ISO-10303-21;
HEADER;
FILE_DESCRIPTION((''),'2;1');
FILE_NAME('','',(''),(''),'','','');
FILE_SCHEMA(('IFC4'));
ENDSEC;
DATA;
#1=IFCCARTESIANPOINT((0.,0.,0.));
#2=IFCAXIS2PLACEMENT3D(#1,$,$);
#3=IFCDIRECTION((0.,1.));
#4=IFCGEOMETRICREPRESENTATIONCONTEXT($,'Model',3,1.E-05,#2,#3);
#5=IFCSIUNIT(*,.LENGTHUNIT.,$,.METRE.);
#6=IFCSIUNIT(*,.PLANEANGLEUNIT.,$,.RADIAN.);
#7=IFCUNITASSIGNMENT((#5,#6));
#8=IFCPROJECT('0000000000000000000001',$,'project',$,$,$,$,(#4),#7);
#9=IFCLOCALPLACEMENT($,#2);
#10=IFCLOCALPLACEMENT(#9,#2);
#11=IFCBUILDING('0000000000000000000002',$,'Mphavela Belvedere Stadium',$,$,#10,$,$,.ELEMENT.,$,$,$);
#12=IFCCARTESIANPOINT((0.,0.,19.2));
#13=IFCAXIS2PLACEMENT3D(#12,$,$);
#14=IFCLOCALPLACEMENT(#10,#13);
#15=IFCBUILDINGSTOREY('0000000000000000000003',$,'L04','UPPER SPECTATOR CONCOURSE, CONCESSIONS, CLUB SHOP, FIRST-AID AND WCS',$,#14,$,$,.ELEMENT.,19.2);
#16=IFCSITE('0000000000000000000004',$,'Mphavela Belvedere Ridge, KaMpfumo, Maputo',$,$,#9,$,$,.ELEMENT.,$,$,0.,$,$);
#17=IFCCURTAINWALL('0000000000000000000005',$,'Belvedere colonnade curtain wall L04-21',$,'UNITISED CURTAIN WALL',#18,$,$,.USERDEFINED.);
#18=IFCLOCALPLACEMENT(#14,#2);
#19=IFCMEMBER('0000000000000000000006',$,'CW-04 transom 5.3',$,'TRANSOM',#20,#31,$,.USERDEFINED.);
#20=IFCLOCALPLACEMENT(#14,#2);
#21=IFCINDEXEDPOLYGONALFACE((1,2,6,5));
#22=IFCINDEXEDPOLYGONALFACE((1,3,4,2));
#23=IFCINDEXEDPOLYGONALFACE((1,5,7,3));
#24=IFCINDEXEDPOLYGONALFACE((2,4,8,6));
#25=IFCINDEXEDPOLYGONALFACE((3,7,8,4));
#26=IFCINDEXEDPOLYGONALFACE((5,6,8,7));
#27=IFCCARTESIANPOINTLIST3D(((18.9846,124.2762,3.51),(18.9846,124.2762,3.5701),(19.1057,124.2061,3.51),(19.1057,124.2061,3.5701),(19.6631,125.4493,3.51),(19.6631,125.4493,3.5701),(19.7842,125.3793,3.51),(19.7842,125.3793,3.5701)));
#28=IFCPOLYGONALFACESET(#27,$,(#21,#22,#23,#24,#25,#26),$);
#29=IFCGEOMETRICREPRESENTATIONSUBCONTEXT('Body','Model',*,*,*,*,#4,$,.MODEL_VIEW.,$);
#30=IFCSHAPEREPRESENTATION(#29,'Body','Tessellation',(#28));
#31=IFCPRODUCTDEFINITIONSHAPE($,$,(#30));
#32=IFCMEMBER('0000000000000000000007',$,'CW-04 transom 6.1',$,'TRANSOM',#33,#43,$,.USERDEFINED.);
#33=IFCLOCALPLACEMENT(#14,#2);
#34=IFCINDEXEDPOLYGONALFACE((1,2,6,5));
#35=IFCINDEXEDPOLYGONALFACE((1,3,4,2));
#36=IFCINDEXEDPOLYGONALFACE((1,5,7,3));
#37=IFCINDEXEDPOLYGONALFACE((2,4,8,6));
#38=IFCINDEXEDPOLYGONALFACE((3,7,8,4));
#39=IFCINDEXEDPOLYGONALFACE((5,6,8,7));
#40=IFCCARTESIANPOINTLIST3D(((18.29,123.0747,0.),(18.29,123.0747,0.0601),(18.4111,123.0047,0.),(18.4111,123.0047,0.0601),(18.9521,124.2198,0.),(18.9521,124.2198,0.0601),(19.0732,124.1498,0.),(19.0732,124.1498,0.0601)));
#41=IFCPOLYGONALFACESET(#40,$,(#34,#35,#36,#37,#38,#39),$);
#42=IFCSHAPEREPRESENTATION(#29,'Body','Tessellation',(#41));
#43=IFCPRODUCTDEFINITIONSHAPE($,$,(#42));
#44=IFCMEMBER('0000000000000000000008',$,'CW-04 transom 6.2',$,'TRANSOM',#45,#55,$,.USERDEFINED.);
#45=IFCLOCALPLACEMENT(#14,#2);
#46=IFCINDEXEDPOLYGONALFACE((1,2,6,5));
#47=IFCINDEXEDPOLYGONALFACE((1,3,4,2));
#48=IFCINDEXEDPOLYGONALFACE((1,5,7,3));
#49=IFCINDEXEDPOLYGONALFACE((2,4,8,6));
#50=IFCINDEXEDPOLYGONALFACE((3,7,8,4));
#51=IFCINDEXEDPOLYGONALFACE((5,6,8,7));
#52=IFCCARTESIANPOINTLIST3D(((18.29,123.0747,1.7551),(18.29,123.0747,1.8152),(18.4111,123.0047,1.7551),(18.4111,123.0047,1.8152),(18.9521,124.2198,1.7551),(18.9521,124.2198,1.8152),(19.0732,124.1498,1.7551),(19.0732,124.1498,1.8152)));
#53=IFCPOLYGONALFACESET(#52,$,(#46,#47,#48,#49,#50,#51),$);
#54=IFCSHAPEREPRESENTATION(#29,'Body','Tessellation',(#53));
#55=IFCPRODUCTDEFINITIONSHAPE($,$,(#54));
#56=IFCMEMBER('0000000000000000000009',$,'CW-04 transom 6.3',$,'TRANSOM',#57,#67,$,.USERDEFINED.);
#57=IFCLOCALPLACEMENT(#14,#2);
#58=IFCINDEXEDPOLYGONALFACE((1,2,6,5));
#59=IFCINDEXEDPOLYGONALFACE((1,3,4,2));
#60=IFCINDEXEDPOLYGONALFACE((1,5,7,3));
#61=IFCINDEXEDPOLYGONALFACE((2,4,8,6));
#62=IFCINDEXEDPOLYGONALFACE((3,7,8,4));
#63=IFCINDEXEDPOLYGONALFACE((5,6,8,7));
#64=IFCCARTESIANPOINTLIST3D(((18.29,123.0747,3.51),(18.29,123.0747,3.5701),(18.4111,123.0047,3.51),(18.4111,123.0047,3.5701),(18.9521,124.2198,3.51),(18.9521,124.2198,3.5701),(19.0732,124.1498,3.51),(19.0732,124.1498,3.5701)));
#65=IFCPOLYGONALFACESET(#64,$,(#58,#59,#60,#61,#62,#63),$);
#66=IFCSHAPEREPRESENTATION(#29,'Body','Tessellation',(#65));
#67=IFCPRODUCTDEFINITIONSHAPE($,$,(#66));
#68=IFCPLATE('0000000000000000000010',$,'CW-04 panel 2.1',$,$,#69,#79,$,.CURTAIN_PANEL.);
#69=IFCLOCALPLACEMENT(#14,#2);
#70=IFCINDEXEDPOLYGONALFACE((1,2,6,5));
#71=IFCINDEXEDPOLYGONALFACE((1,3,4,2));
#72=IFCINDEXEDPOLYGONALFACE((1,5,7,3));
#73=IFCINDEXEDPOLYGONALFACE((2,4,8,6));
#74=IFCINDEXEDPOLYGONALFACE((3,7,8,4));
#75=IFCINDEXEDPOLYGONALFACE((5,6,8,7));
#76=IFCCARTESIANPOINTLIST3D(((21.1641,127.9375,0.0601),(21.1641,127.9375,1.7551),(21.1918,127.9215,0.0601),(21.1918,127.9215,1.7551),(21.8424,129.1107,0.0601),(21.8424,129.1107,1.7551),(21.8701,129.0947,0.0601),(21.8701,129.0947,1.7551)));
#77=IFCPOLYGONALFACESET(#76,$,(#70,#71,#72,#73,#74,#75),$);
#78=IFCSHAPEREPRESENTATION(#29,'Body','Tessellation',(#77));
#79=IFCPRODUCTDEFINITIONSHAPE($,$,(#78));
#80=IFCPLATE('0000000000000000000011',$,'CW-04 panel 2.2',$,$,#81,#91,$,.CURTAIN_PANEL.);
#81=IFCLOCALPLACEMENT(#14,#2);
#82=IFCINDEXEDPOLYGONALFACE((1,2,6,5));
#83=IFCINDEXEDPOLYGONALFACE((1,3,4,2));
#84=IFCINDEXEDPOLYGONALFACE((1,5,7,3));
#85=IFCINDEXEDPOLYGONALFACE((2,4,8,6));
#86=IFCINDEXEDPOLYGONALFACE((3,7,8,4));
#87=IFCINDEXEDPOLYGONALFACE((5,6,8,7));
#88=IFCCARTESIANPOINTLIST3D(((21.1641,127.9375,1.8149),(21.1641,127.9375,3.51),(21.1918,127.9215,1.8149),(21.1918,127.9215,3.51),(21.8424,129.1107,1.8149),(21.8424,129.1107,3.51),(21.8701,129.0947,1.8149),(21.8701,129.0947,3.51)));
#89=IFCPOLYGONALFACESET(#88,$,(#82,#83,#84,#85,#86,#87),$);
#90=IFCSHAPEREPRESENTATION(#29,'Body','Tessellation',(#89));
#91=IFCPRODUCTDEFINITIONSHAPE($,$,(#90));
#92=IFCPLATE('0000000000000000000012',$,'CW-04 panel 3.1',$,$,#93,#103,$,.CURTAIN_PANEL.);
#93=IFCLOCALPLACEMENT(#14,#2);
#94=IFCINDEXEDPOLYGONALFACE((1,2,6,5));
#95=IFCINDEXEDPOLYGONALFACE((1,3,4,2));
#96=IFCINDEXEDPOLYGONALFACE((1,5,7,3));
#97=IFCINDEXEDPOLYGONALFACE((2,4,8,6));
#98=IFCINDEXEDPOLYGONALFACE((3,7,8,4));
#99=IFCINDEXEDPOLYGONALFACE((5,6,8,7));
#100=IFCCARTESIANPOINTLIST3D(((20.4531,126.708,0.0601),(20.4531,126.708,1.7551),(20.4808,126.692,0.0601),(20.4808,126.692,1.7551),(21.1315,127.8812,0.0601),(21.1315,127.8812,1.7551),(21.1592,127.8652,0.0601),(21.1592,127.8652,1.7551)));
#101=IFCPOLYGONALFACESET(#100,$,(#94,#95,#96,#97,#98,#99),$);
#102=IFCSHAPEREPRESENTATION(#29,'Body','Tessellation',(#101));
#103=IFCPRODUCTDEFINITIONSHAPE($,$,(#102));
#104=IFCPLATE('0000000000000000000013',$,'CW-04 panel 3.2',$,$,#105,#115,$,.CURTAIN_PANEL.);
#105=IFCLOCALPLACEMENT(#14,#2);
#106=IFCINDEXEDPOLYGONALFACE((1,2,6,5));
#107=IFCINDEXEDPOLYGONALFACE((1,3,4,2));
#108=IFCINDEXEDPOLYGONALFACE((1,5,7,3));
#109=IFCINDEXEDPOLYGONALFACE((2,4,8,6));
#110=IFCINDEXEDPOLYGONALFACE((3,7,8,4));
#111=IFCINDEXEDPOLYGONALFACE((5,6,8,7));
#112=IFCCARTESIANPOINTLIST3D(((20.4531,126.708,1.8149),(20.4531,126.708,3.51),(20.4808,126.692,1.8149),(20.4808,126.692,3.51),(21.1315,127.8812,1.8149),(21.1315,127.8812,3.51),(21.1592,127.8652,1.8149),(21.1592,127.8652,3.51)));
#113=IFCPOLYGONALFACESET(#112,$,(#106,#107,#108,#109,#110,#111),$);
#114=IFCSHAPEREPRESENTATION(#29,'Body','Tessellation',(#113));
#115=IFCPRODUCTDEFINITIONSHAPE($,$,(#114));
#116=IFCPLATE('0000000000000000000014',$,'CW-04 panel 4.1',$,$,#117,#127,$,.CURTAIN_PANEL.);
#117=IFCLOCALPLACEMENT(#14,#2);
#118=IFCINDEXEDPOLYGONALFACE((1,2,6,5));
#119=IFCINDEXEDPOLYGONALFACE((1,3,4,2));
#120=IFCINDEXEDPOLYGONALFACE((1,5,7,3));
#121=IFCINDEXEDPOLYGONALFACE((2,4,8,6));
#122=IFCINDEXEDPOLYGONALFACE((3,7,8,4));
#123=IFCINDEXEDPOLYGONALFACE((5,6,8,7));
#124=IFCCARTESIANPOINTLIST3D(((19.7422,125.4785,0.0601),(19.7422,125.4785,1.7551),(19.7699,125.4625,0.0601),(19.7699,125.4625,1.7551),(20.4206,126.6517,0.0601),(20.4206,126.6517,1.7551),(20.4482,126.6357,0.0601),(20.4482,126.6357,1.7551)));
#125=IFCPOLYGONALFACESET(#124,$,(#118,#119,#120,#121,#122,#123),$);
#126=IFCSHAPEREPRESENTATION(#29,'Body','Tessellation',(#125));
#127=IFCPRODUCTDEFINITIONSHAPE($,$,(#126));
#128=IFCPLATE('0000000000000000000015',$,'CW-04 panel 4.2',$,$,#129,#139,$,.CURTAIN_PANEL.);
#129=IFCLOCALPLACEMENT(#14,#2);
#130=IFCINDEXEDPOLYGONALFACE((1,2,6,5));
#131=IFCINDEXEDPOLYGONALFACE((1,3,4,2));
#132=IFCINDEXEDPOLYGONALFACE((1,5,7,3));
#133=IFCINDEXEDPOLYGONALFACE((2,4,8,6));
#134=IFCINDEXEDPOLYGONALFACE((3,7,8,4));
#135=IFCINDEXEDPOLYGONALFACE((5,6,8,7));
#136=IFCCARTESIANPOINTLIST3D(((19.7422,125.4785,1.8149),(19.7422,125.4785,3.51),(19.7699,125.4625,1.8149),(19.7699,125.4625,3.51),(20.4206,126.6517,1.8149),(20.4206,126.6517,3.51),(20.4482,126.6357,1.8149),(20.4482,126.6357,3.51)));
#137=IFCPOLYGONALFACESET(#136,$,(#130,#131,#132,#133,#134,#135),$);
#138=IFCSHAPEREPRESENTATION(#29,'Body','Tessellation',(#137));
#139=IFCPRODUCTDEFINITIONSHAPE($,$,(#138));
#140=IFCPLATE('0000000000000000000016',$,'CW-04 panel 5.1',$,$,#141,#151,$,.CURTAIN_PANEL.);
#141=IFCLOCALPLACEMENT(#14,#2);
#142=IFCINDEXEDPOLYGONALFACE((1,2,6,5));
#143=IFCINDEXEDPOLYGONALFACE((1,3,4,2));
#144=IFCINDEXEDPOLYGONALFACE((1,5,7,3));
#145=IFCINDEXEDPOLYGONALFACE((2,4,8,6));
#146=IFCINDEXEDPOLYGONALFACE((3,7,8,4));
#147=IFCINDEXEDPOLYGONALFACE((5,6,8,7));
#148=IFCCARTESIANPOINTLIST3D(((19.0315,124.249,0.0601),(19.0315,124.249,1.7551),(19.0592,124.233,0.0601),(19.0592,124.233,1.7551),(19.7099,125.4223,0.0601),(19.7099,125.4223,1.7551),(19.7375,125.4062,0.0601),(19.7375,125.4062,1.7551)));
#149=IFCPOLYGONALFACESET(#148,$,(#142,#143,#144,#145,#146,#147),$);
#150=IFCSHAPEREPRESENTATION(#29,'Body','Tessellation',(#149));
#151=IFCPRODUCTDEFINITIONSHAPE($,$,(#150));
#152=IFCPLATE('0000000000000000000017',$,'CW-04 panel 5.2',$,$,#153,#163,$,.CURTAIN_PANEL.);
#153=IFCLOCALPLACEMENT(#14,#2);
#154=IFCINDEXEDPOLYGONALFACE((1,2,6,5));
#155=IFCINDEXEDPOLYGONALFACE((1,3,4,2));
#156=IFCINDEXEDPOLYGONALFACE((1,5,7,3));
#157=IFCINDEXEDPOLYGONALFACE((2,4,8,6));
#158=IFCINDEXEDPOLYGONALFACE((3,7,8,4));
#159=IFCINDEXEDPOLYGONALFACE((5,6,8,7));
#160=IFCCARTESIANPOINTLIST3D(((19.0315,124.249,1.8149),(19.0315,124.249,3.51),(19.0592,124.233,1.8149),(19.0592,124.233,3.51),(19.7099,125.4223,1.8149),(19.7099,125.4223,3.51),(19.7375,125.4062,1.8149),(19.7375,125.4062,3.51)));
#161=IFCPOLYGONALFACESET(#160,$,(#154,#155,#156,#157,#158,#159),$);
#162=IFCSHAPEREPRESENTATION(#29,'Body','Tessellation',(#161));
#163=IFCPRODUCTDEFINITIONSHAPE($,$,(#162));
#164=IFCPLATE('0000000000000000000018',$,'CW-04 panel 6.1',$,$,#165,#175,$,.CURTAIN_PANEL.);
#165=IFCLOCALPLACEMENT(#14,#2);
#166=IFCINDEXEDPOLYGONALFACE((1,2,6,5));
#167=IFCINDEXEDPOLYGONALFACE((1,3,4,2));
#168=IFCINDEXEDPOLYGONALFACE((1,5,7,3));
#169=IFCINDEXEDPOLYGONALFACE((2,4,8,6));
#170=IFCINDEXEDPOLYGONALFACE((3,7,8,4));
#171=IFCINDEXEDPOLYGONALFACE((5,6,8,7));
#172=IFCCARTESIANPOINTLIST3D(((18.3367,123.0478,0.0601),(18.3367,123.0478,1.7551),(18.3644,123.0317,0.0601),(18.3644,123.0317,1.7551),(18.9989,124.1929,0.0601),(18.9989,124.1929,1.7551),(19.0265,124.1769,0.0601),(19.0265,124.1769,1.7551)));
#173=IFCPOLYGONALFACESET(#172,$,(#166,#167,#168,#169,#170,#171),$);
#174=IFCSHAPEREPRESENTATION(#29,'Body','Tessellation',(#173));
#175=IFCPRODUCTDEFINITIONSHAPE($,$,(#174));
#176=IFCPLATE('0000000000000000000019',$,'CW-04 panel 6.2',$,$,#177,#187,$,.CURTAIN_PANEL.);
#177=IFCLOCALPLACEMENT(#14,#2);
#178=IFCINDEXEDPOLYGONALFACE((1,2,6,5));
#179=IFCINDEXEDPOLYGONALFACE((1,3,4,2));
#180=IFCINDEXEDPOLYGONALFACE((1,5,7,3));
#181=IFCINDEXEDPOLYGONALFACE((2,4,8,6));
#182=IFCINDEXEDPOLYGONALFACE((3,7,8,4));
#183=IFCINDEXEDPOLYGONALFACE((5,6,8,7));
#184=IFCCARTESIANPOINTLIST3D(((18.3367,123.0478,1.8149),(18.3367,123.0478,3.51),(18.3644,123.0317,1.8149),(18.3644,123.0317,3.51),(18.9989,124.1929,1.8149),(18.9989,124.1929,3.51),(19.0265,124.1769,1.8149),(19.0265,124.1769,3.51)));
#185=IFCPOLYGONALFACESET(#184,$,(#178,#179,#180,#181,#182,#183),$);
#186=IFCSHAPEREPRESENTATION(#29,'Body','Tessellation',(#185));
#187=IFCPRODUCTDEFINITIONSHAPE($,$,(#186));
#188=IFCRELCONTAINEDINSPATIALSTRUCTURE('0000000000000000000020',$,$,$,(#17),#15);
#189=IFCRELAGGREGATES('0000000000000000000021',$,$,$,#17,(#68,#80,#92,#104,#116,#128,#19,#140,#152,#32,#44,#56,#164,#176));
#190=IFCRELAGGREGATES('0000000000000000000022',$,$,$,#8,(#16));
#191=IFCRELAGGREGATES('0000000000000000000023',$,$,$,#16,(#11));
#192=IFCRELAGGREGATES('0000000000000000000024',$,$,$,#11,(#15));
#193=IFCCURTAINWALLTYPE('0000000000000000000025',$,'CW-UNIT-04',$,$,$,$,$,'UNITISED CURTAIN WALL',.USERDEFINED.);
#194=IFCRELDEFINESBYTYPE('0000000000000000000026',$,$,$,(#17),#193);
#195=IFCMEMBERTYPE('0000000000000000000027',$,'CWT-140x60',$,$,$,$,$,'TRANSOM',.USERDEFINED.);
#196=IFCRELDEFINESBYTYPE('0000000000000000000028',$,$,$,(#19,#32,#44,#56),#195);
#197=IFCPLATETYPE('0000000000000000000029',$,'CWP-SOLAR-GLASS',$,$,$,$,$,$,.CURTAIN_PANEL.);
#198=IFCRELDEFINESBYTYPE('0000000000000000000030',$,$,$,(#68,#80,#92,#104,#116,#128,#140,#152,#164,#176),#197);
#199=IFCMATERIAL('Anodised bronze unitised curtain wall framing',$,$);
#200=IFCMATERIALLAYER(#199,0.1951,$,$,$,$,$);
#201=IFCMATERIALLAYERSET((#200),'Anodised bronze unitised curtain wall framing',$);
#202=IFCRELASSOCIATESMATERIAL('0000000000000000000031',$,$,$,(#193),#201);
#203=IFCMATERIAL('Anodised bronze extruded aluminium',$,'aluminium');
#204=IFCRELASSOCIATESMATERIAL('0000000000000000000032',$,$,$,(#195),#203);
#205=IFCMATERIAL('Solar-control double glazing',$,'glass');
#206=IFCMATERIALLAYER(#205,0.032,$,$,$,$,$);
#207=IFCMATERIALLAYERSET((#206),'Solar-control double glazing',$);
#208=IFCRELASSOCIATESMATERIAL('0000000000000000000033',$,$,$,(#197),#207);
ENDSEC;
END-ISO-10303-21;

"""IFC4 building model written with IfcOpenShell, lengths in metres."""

from ifc_helpers import new_model, si_unit, direction, frame, origin, origin_2d, place, context, subcontext, project, spatial, rectangle, extrude, material, layer, layer_set, material_profile, profile_set, type_object, element, aggregate, save


model = new_model("IFC4")

# Units and contexts
model_context = context("Model", 3, precision=1e-05, world=origin(), true_north=direction((0.0, 1.0)))
body_context = subcontext(model_context, "Body", "Model", "MODEL_VIEW")
ifc_project = project(units=[si_unit("LENGTHUNIT", "METRE"), si_unit("PLANEANGLEUNIT", "RADIAN")], contexts=[model_context])

# Site, building, storey
site_placement = place(None, origin())
site = spatial("IfcSite", under=ifc_project, at=site_placement, Name="Mphavela Belvedere Ridge, KaMpfumo, Maputo", CompositionType="ELEMENT", RefElevation=0.0)
building_placement = place(site_placement, origin())
building = spatial("IfcBuilding", under=site, at=building_placement, Name="Mphavela Belvedere Stadium", CompositionType="ELEMENT")
storey_placement = place(building_placement, frame((0.0, 0.0, 19.2)))
storey = spatial("IfcBuildingStorey", under=building, at=storey_placement, Name="L04", Description="UPPER SPECTATOR CONCOURSE, CONCESSIONS, CLUB SHOP, FIRST-AID AND WCS", CompositionType="ELEMENT", Elevation=19.2)

# Curtain wall, members, plates
ifc_material_1 = material(Name="Anodised bronze unitised curtain wall framing")
ifc_layer_1 = layer(ifc_material_1, 0.1951)
ifc_layer_set_1 = layer_set([ifc_layer_1], Name="Anodised bronze unitised curtain wall framing")
curtain_wall_type = type_object("IfcCurtainWallType", Name="CW-UNIT-04", ElementType="UNITISED CURTAIN WALL", PredefinedType="USERDEFINED", material=ifc_layer_set_1)
curtain_wall_placement = place(storey_placement, origin())
curtain_wall = element("IfcCurtainWall", 1, at=curtain_wall_placement, inside=storey, type_object=curtain_wall_type, Name="Belvedere colonnade curtain wall L04-21", ObjectType="UNITISED CURTAIN WALL", PredefinedType="USERDEFINED")
ifc_material_2 = material(Name="Anodised bronze extruded aluminium", Category="aluminium")
ifc_material_profile_1 = material_profile(ifc_material_2, rectangle(XDim=0.1399, YDim=0.0601, at=origin_2d()), Name="CW-TRN 140x60")
ifc_profile_set_1 = profile_set([ifc_material_profile_1], Name="Anodised bronze extruded aluminium")
member_type_1 = type_object("IfcMemberType", Name="CWT-140x60", ElementType="TRANSOM", PredefinedType="USERDEFINED", material=ifc_profile_set_1)
member_1_placement = place(storey_placement, frame((19.7236, 125.4143, 3.54), z_axis=(-0.500653, -0.865648, 0.0), x_axis=(0.865648, -0.500653, 0.0)))
member_1 = element("IfcMember", 2, at=member_1_placement, type_object=member_type_1, Name="CW-04 transom 5.3", ObjectType="TRANSOM", PredefinedType="USERDEFINED", context=body_context, shape_type="SweptSolid", body=[
    extrude(rectangle(XDim=0.1399, YDim=0.0601, at=origin_2d()), origin(), (0.0, 0.0, 1.0), 1.3552),
])
member_2_placement = place(storey_placement, frame((19.0127, 124.1848, 0.03), z_axis=(-0.500585, -0.865687, 0.0), x_axis=(0.865687, -0.500585, 0.0)))
member_2 = element("IfcMember", 3, at=member_2_placement, type_object=member_type_1, Name="CW-04 transom 6.1", ObjectType="TRANSOM", PredefinedType="USERDEFINED", context=body_context, shape_type="SweptSolid", body=[
    extrude(rectangle(XDim=0.1399, YDim=0.0601, at=origin_2d()), origin(), (0.0, 0.0, 1.0), 1.3228),
])
member_3_placement = place(storey_placement, frame((19.0127, 124.1848, 1.7852), z_axis=(-0.500585, -0.865687, 0.0), x_axis=(0.865687, -0.500585, 0.0)))
member_3 = element("IfcMember", 4, at=member_3_placement, type_object=member_type_1, Name="CW-04 transom 6.2", ObjectType="TRANSOM", PredefinedType="USERDEFINED", context=body_context, shape_type="SweptSolid", body=[
    extrude(rectangle(XDim=0.1399, YDim=0.0601, at=origin_2d()), origin(), (0.0, 0.0, 1.0), 1.3228),
])
member_4_placement = place(storey_placement, frame((19.0127, 124.1848, 3.54), z_axis=(-0.500585, -0.865687, 0.0), x_axis=(0.865687, -0.500585, 0.0)))
member_4 = element("IfcMember", 5, at=member_4_placement, type_object=member_type_1, Name="CW-04 transom 6.3", ObjectType="TRANSOM", PredefinedType="USERDEFINED", context=body_context, shape_type="SweptSolid", body=[
    extrude(rectangle(XDim=0.1399, YDim=0.0601, at=origin_2d()), origin(), (0.0, 0.0, 1.0), 1.3228),
])
ifc_material_3 = material(Name="Solar-control double glazing", Category="glass")
ifc_layer_2 = layer(ifc_material_3, 0.032)
ifc_layer_set_2 = layer_set([ifc_layer_2], Name="Solar-control double glazing")
plate_type = type_object("IfcPlateType", Name="CWP-SOLAR-GLASS", PredefinedType="CURTAIN_PANEL", material=ifc_layer_set_2)
plate_1_placement = place(storey_placement, frame((21.5171, 128.5161, 0.0601), z_axis=(0.0, 0.0, 1.0), x_axis=(-0.500556, -0.865704, 0.0)))
plate_1 = element("IfcPlate", 6, at=plate_1_placement, type_object=plate_type, Name="CW-04 panel 2.1", PredefinedType="CURTAIN_PANEL", context=body_context, shape_type="SweptSolid", body=[
    extrude(rectangle(XDim=1.3552, YDim=0.032, at=origin_2d()), origin(), (0.0, 0.0, 1.0), 1.6951),
])
plate_2_placement = place(storey_placement, frame((21.5171, 128.5161, 1.8149), z_axis=(0.0, 0.0, 1.0), x_axis=(-0.500556, -0.865704, 0.0)))
plate_2 = element("IfcPlate", 7, at=plate_2_placement, type_object=plate_type, Name="CW-04 panel 2.2", PredefinedType="CURTAIN_PANEL", context=body_context, shape_type="SweptSolid", body=[
    extrude(rectangle(XDim=1.3552, YDim=0.032, at=origin_2d()), origin(), (0.0, 0.0, 1.0), 1.6951),
])
plate_3_placement = place(storey_placement, frame((20.8062, 127.2866, 0.0601), z_axis=(0.0, 0.0, 1.0), x_axis=(-0.500556, -0.865704, 0.0)))
plate_3 = element("IfcPlate", 8, at=plate_3_placement, type_object=plate_type, Name="CW-04 panel 3.1", PredefinedType="CURTAIN_PANEL", context=body_context, shape_type="SweptSolid", body=[
    extrude(rectangle(XDim=1.3552, YDim=0.032, at=origin_2d()), origin(), (0.0, 0.0, 1.0), 1.6951),
])
plate_4_placement = place(storey_placement, frame((20.8062, 127.2866, 1.8149), z_axis=(0.0, 0.0, 1.0), x_axis=(-0.500556, -0.865704, 0.0)))
plate_4 = element("IfcPlate", 9, at=plate_4_placement, type_object=plate_type, Name="CW-04 panel 3.2", PredefinedType="CURTAIN_PANEL", context=body_context, shape_type="SweptSolid", body=[
    extrude(rectangle(XDim=1.3552, YDim=0.032, at=origin_2d()), origin(), (0.0, 0.0, 1.0), 1.6951),
])
plate_5_placement = place(storey_placement, frame((20.0952, 126.0571, 0.0601), z_axis=(0.0, 0.0, 1.0), x_axis=(-0.500556, -0.865704, 0.0)))
plate_5 = element("IfcPlate", 10, at=plate_5_placement, type_object=plate_type, Name="CW-04 panel 4.1", PredefinedType="CURTAIN_PANEL", context=body_context, shape_type="SweptSolid", body=[
    extrude(rectangle(XDim=1.3552, YDim=0.032, at=origin_2d()), origin(), (0.0, 0.0, 1.0), 1.6951),
])
plate_6_placement = place(storey_placement, frame((20.0952, 126.0571, 1.8149), z_axis=(0.0, 0.0, 1.0), x_axis=(-0.500556, -0.865704, 0.0)))
plate_6 = element("IfcPlate", 11, at=plate_6_placement, type_object=plate_type, Name="CW-04 panel 4.2", PredefinedType="CURTAIN_PANEL", context=body_context, shape_type="SweptSolid", body=[
    extrude(rectangle(XDim=1.3552, YDim=0.032, at=origin_2d()), origin(), (0.0, 0.0, 1.0), 1.6951),
])
plate_7_placement = place(storey_placement, frame((19.3845, 124.8276, 0.0601), z_axis=(0.0, 0.0, 1.0), x_axis=(-0.500556, -0.865704, 0.0)))
plate_7 = element("IfcPlate", 12, at=plate_7_placement, type_object=plate_type, Name="CW-04 panel 5.1", PredefinedType="CURTAIN_PANEL", context=body_context, shape_type="SweptSolid", body=[
    extrude(rectangle(XDim=1.3552, YDim=0.032, at=origin_2d()), origin(), (0.0, 0.0, 1.0), 1.6951),
])
plate_8_placement = place(storey_placement, frame((19.3845, 124.8276, 1.8149), z_axis=(0.0, 0.0, 1.0), x_axis=(-0.500556, -0.865704, 0.0)))
plate_8 = element("IfcPlate", 13, at=plate_8_placement, type_object=plate_type, Name="CW-04 panel 5.2", PredefinedType="CURTAIN_PANEL", context=body_context, shape_type="SweptSolid", body=[
    extrude(rectangle(XDim=1.3552, YDim=0.032, at=origin_2d()), origin(), (0.0, 0.0, 1.0), 1.6951),
])
plate_9_placement = place(storey_placement, frame((18.6816, 123.6123, 0.0601), z_axis=(0.0, 0.0, 1.0), x_axis=(-0.500556, -0.865704, 0.0)))
plate_9 = element("IfcPlate", 14, at=plate_9_placement, type_object=plate_type, Name="CW-04 panel 6.1", PredefinedType="CURTAIN_PANEL", context=body_context, shape_type="SweptSolid", body=[
    extrude(rectangle(XDim=1.3228, YDim=0.032, at=origin_2d()), origin(), (0.0, 0.0, 1.0), 1.6951),
])
plate_10_placement = place(storey_placement, frame((18.6816, 123.6123, 1.8149), z_axis=(0.0, 0.0, 1.0), x_axis=(-0.500556, -0.865704, 0.0)))
plate_10 = element("IfcPlate", 15, at=plate_10_placement, type_object=plate_type, Name="CW-04 panel 6.2", PredefinedType="CURTAIN_PANEL", context=body_context, shape_type="SweptSolid", body=[
    extrude(rectangle(XDim=1.3228, YDim=0.032, at=origin_2d()), origin(), (0.0, 0.0, 1.0), 1.6951),
])
aggregate(curtain_wall, [plate_1, plate_2, plate_3, plate_4, plate_5, plate_6, member_1, plate_7, plate_8, member_2, member_3, member_4, plate_9, plate_10])

save(model, "model.ifc")
